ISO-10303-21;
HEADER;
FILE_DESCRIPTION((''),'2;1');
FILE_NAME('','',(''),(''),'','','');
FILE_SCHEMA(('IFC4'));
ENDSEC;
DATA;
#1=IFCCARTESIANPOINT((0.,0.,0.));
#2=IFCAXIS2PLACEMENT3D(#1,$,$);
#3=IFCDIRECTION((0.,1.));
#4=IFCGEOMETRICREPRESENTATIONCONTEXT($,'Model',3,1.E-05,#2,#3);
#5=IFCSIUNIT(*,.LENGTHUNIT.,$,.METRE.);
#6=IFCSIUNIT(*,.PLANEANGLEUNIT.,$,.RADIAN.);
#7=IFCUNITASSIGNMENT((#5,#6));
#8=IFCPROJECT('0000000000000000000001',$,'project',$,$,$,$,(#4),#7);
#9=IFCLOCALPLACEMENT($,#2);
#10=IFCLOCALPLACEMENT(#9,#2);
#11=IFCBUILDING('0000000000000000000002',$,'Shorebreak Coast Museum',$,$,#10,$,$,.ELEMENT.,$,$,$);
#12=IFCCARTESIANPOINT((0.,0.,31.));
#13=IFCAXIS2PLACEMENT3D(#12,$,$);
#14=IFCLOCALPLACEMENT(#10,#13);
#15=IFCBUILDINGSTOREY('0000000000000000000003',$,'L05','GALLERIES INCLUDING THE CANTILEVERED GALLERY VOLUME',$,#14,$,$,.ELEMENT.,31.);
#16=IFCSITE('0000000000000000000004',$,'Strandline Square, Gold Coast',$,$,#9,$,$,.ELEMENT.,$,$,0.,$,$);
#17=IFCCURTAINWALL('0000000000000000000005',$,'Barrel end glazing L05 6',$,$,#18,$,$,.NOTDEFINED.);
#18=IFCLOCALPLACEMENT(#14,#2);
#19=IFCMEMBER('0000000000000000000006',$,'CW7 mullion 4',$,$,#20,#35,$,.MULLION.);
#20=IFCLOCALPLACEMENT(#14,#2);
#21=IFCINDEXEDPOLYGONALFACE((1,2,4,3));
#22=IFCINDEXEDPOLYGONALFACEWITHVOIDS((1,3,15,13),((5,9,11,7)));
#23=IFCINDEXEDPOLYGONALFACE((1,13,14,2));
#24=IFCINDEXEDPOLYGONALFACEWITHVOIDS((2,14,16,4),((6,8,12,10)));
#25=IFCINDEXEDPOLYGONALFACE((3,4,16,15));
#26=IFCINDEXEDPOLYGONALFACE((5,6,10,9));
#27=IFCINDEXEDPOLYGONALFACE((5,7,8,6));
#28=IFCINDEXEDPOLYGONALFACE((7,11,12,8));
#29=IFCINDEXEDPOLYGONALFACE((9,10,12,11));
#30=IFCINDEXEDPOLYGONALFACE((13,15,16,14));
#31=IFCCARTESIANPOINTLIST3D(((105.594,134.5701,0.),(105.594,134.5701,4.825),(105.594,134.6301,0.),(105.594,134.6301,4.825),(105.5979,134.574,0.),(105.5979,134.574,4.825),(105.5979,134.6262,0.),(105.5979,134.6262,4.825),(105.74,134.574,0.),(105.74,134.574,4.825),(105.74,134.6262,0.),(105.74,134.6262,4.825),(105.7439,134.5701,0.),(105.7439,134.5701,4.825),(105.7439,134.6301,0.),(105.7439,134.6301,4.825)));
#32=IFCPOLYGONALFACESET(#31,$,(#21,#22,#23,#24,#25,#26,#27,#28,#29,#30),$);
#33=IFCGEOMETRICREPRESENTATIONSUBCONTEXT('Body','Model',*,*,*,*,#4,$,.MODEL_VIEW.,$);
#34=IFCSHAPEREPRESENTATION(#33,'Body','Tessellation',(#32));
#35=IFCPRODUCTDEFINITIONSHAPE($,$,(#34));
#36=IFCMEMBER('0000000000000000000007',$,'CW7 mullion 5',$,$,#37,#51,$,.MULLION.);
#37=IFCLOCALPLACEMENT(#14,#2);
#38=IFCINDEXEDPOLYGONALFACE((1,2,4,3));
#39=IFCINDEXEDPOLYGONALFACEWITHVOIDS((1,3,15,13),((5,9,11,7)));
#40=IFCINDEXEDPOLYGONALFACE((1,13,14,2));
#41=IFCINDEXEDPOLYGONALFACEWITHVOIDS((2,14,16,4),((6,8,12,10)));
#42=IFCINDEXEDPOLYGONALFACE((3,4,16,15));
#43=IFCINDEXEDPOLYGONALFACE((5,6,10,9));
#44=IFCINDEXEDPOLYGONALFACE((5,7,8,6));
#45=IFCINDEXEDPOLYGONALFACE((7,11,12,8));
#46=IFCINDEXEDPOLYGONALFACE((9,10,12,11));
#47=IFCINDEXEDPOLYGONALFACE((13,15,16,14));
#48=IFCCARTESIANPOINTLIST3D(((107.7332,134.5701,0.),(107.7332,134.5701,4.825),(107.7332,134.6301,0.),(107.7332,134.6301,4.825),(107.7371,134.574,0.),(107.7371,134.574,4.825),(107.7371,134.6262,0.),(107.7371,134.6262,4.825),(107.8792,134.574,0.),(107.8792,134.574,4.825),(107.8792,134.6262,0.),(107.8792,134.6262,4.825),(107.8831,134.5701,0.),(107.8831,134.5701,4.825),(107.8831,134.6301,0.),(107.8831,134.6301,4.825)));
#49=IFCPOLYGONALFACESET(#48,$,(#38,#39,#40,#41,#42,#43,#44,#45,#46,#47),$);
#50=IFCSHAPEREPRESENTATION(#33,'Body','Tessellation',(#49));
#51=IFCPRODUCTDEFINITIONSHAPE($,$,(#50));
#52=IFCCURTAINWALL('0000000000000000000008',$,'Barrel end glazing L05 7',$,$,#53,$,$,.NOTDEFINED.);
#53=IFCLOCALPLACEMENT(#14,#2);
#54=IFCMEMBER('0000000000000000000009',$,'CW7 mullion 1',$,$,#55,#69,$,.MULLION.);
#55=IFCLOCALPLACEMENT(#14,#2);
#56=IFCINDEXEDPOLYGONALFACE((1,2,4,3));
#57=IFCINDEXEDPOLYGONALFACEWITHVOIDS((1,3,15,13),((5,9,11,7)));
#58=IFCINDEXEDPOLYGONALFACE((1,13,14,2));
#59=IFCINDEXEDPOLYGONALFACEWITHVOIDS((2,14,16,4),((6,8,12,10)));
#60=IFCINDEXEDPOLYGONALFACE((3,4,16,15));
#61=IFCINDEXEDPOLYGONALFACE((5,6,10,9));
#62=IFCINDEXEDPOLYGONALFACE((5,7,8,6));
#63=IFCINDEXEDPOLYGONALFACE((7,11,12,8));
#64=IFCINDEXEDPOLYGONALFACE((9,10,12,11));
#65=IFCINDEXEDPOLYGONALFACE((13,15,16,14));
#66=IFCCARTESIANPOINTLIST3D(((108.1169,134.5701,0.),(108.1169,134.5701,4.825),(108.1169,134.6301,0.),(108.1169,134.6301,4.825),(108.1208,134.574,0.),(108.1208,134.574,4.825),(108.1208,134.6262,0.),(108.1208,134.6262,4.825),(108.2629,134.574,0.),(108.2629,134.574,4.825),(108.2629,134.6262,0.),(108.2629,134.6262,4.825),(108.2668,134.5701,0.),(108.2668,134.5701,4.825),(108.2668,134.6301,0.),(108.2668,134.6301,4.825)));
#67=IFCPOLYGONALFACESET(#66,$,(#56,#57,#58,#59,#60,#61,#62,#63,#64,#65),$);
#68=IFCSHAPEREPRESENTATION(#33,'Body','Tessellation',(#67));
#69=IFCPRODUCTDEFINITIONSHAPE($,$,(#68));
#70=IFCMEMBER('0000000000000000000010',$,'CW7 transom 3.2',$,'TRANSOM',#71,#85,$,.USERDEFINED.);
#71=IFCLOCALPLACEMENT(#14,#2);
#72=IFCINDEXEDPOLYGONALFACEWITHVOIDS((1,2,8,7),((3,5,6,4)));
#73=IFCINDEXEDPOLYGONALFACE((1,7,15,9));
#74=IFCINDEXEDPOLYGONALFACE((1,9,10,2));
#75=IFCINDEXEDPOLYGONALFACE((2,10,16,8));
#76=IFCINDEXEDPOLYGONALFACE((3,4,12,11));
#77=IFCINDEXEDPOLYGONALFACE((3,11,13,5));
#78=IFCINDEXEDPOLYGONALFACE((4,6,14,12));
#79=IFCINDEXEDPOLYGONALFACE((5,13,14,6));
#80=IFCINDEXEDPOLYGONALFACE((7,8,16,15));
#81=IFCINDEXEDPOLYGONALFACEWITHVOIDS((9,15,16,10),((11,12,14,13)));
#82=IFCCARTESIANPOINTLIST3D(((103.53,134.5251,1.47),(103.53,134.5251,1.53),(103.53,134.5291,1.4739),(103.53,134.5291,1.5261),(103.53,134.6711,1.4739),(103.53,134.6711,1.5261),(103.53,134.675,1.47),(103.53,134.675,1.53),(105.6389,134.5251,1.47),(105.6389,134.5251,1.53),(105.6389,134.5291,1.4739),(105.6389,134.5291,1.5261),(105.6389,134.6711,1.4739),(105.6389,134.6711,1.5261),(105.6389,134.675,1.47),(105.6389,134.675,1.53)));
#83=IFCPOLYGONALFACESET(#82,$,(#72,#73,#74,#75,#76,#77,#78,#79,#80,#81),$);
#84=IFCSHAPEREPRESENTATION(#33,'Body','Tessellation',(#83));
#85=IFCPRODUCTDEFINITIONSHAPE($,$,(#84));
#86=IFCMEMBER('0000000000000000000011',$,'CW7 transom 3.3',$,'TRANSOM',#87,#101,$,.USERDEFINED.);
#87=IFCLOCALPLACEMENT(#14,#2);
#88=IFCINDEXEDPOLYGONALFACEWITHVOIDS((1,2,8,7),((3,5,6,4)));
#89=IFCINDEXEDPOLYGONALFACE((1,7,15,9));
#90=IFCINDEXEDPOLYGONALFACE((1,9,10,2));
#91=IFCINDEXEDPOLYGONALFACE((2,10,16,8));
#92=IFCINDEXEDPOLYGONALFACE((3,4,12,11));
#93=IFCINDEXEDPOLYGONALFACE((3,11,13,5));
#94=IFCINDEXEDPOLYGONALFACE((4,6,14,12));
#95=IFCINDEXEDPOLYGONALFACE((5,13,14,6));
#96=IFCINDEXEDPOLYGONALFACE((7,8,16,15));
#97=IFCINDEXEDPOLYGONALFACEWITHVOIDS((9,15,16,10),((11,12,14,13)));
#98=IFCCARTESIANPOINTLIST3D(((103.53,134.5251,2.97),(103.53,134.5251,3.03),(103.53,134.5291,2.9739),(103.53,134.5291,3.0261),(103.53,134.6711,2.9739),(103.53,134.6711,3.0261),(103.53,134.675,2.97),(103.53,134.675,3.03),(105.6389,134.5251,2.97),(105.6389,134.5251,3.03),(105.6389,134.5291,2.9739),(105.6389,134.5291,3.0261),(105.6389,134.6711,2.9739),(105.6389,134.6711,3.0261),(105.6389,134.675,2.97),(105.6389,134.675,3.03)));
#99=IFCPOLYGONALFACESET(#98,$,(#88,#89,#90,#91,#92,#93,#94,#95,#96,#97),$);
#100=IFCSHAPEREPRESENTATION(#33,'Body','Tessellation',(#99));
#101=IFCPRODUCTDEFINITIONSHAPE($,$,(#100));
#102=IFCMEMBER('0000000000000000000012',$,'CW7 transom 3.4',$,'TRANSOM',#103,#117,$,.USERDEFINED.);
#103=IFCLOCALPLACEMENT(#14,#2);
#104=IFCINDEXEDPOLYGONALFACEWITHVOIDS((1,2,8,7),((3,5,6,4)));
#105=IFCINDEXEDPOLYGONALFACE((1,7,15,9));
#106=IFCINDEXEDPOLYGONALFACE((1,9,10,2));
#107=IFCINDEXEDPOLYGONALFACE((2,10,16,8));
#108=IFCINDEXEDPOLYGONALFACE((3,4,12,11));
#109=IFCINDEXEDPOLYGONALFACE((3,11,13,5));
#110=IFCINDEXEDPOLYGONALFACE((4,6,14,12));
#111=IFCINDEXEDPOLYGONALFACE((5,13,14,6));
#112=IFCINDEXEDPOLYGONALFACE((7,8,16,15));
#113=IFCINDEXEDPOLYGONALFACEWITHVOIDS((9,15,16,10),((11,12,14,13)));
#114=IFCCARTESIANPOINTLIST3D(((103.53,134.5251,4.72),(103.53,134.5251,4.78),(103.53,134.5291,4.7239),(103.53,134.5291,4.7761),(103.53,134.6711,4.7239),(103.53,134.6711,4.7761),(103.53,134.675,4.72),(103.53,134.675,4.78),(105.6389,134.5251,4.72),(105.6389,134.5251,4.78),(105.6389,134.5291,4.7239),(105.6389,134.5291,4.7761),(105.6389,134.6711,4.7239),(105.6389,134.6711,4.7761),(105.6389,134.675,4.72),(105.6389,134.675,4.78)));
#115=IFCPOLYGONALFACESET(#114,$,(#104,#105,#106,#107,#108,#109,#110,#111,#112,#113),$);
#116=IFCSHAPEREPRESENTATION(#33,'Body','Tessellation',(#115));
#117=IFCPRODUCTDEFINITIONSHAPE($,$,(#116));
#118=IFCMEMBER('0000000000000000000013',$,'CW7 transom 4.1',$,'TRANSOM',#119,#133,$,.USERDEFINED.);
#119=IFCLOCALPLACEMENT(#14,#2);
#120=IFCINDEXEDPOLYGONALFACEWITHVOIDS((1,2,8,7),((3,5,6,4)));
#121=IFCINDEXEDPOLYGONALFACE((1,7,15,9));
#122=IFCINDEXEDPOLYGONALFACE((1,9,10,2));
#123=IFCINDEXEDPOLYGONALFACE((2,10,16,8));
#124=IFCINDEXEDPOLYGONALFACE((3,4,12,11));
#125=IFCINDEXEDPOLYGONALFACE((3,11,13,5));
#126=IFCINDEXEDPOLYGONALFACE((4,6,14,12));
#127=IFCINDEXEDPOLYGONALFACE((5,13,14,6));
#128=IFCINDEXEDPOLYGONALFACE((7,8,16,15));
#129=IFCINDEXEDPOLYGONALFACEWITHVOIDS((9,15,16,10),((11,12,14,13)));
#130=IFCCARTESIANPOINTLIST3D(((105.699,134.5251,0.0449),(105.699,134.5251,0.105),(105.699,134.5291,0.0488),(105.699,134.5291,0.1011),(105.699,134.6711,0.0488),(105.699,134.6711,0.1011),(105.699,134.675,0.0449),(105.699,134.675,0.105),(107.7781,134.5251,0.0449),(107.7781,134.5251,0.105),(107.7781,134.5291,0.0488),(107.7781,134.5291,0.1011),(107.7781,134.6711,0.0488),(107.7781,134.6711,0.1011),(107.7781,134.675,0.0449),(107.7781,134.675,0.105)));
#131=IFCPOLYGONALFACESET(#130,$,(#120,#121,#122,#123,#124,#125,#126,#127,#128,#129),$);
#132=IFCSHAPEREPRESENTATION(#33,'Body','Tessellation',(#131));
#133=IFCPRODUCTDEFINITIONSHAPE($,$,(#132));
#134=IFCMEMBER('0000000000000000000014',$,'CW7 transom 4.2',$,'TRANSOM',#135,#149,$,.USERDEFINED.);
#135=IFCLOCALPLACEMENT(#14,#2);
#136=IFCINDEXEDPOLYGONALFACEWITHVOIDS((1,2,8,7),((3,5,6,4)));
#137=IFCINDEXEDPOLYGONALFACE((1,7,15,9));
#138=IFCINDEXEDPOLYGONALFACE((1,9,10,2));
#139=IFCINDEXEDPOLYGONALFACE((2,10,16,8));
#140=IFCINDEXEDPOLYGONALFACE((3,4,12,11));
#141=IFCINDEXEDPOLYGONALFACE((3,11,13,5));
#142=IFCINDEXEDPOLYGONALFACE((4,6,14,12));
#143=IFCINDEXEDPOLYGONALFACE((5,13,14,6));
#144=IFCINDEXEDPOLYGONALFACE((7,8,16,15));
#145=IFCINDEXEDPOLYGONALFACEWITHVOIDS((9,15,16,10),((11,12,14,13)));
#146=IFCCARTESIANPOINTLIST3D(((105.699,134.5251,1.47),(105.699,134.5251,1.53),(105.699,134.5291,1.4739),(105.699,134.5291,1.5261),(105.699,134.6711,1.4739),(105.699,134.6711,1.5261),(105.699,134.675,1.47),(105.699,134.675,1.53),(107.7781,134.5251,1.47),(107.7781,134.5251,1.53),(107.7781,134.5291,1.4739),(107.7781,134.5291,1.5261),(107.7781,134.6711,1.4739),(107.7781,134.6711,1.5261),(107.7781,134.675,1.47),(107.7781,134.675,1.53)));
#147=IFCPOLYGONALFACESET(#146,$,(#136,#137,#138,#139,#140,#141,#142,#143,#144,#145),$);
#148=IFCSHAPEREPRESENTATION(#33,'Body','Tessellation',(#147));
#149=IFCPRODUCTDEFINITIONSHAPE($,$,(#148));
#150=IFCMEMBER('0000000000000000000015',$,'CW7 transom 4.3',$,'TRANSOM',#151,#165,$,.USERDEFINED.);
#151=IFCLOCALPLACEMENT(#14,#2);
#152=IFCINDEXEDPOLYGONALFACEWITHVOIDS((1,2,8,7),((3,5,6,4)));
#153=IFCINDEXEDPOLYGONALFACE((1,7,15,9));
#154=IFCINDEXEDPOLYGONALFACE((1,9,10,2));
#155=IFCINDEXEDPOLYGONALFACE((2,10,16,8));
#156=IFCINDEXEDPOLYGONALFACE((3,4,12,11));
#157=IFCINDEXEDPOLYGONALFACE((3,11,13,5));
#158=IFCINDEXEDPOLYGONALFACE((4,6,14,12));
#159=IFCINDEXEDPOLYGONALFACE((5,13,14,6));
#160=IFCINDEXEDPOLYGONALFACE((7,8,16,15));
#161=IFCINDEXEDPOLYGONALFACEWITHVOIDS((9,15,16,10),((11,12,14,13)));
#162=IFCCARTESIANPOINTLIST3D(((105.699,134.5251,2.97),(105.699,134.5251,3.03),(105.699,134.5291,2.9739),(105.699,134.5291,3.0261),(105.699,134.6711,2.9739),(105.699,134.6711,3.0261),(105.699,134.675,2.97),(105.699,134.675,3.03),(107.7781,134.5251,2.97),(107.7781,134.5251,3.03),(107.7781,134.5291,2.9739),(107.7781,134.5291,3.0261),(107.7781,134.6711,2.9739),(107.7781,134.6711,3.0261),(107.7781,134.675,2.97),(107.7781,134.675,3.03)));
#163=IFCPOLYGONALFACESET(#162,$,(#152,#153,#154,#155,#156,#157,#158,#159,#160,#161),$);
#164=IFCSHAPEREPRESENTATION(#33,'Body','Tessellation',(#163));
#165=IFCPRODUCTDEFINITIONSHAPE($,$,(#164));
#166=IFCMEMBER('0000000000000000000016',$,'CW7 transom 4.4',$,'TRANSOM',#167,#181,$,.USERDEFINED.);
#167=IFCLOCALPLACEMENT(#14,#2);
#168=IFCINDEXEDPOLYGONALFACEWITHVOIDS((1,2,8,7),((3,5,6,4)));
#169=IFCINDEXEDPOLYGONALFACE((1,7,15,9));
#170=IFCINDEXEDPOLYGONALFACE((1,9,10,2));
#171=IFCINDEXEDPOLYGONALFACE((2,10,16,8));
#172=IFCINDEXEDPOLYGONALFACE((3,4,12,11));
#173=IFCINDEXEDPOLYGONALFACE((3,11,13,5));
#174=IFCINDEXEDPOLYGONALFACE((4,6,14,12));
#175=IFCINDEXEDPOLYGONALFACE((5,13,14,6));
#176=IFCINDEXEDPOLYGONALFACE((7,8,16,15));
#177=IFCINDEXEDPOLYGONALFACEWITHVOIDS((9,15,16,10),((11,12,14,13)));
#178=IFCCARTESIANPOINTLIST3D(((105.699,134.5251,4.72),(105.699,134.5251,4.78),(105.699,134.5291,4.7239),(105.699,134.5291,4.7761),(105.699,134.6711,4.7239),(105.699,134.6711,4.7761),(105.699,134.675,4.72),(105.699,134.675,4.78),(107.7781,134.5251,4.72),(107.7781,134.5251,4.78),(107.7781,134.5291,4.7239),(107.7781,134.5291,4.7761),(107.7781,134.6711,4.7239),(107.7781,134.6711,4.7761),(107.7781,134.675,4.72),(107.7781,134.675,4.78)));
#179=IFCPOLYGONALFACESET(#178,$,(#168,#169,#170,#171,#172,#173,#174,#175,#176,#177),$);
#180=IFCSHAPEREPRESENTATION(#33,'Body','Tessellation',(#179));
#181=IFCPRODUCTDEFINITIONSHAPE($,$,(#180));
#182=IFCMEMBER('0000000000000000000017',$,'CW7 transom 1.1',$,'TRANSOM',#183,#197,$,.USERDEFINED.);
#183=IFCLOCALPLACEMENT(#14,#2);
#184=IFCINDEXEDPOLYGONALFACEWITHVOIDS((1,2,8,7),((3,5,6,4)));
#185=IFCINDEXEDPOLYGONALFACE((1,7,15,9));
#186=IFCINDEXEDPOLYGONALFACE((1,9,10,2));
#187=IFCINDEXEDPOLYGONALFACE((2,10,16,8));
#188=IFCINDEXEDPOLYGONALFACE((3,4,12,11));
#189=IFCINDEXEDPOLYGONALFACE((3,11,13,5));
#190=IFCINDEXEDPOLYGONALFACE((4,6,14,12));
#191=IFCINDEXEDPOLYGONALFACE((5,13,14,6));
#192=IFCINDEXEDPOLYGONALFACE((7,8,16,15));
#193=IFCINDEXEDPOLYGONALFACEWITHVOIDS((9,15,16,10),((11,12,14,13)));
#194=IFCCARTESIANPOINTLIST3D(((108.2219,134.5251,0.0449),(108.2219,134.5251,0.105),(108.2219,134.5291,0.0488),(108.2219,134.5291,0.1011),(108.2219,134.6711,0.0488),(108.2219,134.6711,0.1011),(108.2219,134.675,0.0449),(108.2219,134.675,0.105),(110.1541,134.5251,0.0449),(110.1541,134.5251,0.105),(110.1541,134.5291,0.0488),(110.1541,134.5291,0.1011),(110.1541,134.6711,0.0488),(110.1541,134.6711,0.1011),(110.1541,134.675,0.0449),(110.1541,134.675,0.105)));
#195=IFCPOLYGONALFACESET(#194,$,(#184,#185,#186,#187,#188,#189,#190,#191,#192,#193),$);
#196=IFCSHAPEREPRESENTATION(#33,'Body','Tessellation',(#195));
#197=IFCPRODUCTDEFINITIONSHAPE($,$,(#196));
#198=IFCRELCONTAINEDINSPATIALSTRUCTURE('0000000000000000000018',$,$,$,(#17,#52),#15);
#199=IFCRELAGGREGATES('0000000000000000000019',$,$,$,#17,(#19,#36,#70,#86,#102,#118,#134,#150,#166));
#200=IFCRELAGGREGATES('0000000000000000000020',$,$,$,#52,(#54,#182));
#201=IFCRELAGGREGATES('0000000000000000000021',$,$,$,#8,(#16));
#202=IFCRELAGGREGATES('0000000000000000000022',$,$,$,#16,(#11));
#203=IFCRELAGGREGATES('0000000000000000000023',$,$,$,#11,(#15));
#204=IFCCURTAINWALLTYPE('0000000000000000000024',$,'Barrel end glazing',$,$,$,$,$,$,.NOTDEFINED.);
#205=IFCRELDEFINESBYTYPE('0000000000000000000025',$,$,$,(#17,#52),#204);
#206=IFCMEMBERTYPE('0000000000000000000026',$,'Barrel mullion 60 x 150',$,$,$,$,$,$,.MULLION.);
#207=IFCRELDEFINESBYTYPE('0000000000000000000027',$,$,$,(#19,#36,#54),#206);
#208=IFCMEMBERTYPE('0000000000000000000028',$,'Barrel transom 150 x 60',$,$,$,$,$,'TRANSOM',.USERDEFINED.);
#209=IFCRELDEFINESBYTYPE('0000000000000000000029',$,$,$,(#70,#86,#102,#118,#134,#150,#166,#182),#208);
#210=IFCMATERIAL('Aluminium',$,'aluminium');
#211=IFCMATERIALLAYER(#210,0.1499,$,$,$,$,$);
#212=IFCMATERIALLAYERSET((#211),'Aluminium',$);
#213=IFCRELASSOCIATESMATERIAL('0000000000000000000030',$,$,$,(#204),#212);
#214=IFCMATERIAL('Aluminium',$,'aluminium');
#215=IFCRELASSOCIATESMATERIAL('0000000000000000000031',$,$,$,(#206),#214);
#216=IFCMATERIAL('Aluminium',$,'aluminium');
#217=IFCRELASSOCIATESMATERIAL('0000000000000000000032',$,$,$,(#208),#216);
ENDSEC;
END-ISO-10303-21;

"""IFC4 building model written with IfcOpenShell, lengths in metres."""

from ifc_helpers import new_model, si_unit, direction, frame, origin, origin_2d, place, context, subcontext, project, spatial, hollow_rectangle, extrude, material, layer, layer_set, material_profile, profile_set, type_object, element, aggregate, save


model = new_model("IFC4")

# Units and contexts
model_context = context("Model", 3, precision=1e-05, world=origin(), true_north=direction((0.0, 1.0)))
body_context = subcontext(model_context, "Body", "Model", "MODEL_VIEW")
ifc_project = project(units=[si_unit("LENGTHUNIT", "METRE"), si_unit("PLANEANGLEUNIT", "RADIAN")], contexts=[model_context])

# Site, building, storey
site_placement = place(None, origin())
site = spatial("IfcSite", under=ifc_project, at=site_placement, Name="Strandline Square, Gold Coast", CompositionType="ELEMENT", RefElevation=0.0)
building_placement = place(site_placement, origin())
building = spatial("IfcBuilding", under=site, at=building_placement, Name="Shorebreak Coast Museum", CompositionType="ELEMENT")
storey_placement = place(building_placement, frame((0.0, 0.0, 31.0)))
storey = spatial("IfcBuildingStorey", under=building, at=storey_placement, Name="L05", Description="GALLERIES INCLUDING THE CANTILEVERED GALLERY VOLUME", CompositionType="ELEMENT", Elevation=31.0)

# Curtain wall, members
ifc_material_1 = material(Name="Aluminium", Category="aluminium")
ifc_layer_1 = layer(ifc_material_1, 0.1499)
ifc_layer_set_1 = layer_set([ifc_layer_1], Name="Aluminium")
curtain_wall_type = type_object("IfcCurtainWallType", Name="Barrel end glazing", PredefinedType="NOTDEFINED", material=ifc_layer_set_1)
curtain_wall_1_placement = place(storey_placement, origin())
curtain_wall_1 = element("IfcCurtainWall", 1, at=curtain_wall_1_placement, inside=storey, type_object=curtain_wall_type, Name="Barrel end glazing L05 6", PredefinedType="NOTDEFINED")
ifc_material_2 = material(Name="Aluminium", Category="aluminium")
ifc_material_profile_1 = material_profile(ifc_material_2, hollow_rectangle(XDim=0.0601, YDim=0.1499, WallThickness=0.0039, at=origin_2d()), Name="AL 150x60 RHS")
ifc_profile_set_1 = profile_set([ifc_material_profile_1], Name="Aluminium")
member_type_1 = type_object("IfcMemberType", Name="Barrel mullion 60 x 150", PredefinedType="MULLION", material=ifc_profile_set_1)
member_1_placement = place(storey_placement, frame((105.6689, 134.6001, 0.0), z_axis=(0.0, 0.0, 1.0), x_axis=(0.0, 1.0, 0.0)))
member_1 = element("IfcMember", 2, at=member_1_placement, type_object=member_type_1, Name="CW7 mullion 4", PredefinedType="MULLION", context=body_context, shape_type="SweptSolid", body=[
    extrude(hollow_rectangle(XDim=0.0601, YDim=0.1499, WallThickness=0.0039, at=origin_2d()), origin(), (0.0, 0.0, 1.0), 4.825),
])
member_2_placement = place(storey_placement, frame((107.8081, 134.6001, 0.0), z_axis=(0.0, 0.0, 1.0), x_axis=(0.0, 1.0, 0.0)))
member_2 = element("IfcMember", 3, at=member_2_placement, type_object=member_type_1, Name="CW7 mullion 5", PredefinedType="MULLION", context=body_context, shape_type="SweptSolid", body=[
    extrude(hollow_rectangle(XDim=0.0601, YDim=0.1499, WallThickness=0.0039, at=origin_2d()), origin(), (0.0, 0.0, 1.0), 4.825),
])

# Curtain wall, member
curtain_wall_2_placement = place(storey_placement, origin())
curtain_wall_2 = element("IfcCurtainWall", 4, at=curtain_wall_2_placement, inside=storey, type_object=curtain_wall_type, Name="Barrel end glazing L05 7", PredefinedType="NOTDEFINED")
member_3_placement = place(storey_placement, frame((108.1919, 134.6001, 0.0), z_axis=(0.0, 0.0, 1.0), x_axis=(0.0, 1.0, 0.0)))
member_3 = element("IfcMember", 5, at=member_3_placement, type_object=member_type_1, Name="CW7 mullion 1", PredefinedType="MULLION", context=body_context, shape_type="SweptSolid", body=[
    extrude(hollow_rectangle(XDim=0.0601, YDim=0.1499, WallThickness=0.0039, at=origin_2d()), origin(), (0.0, 0.0, 1.0), 4.825),
])

# Members
ifc_material_3 = material(Name="Aluminium", Category="aluminium")
ifc_material_profile_2 = material_profile(ifc_material_3, hollow_rectangle(XDim=0.1499, YDim=0.0601, WallThickness=0.0039, at=origin_2d()), Name="AL 60x150 RHS")
ifc_profile_set_2 = profile_set([ifc_material_profile_2], Name="Aluminium")
member_type_2 = type_object("IfcMemberType", Name="Barrel transom 150 x 60", ElementType="TRANSOM", PredefinedType="USERDEFINED", material=ifc_profile_set_2)
member_4_placement = place(storey_placement, frame((103.53, 134.6001, 1.5), z_axis=(1.0, 0.0, 0.0), x_axis=(0.0, 1.0, 0.0)))
member_4 = element("IfcMember", 6, at=member_4_placement, type_object=member_type_2, Name="CW7 transom 3.2", ObjectType="TRANSOM", PredefinedType="USERDEFINED", context=body_context, shape_type="SweptSolid", body=[
    extrude(hollow_rectangle(XDim=0.1499, YDim=0.0601, WallThickness=0.0039, at=origin_2d()), origin(), (0.0, 0.0, 1.0), 2.1089),
])
member_5_placement = place(storey_placement, frame((103.53, 134.6001, 3.0), z_axis=(1.0, 0.0, 0.0), x_axis=(0.0, 1.0, 0.0)))
member_5 = element("IfcMember", 7, at=member_5_placement, type_object=member_type_2, Name="CW7 transom 3.3", ObjectType="TRANSOM", PredefinedType="USERDEFINED", context=body_context, shape_type="SweptSolid", body=[
    extrude(hollow_rectangle(XDim=0.1499, YDim=0.0601, WallThickness=0.0039, at=origin_2d()), origin(), (0.0, 0.0, 1.0), 2.1089),
])
member_6_placement = place(storey_placement, frame((103.53, 134.6001, 4.75), z_axis=(1.0, 0.0, 0.0), x_axis=(0.0, 1.0, 0.0)))
member_6 = element("IfcMember", 8, at=member_6_placement, type_object=member_type_2, Name="CW7 transom 3.4", ObjectType="TRANSOM", PredefinedType="USERDEFINED", context=body_context, shape_type="SweptSolid", body=[
    extrude(hollow_rectangle(XDim=0.1499, YDim=0.0601, WallThickness=0.0039, at=origin_2d()), origin(), (0.0, 0.0, 1.0), 2.1089),
])
member_7_placement = place(storey_placement, frame((105.699, 134.6001, 0.075), z_axis=(1.0, 0.0, 0.0), x_axis=(0.0, 1.0, 0.0)))
member_7 = element("IfcMember", 9, at=member_7_placement, type_object=member_type_2, Name="CW7 transom 4.1", ObjectType="TRANSOM", PredefinedType="USERDEFINED", context=body_context, shape_type="SweptSolid", body=[
    extrude(hollow_rectangle(XDim=0.1499, YDim=0.0601, WallThickness=0.0039, at=origin_2d()), origin(), (0.0, 0.0, 1.0), 2.0791),
])
member_8_placement = place(storey_placement, frame((105.699, 134.6001, 1.5), z_axis=(1.0, 0.0, 0.0), x_axis=(0.0, 1.0, 0.0)))
member_8 = element("IfcMember", 10, at=member_8_placement, type_object=member_type_2, Name="CW7 transom 4.2", ObjectType="TRANSOM", PredefinedType="USERDEFINED", context=body_context, shape_type="SweptSolid", body=[
    extrude(hollow_rectangle(XDim=0.1499, YDim=0.0601, WallThickness=0.0039, at=origin_2d()), origin(), (0.0, 0.0, 1.0), 2.0791),
])
member_9_placement = place(storey_placement, frame((105.699, 134.6001, 3.0), z_axis=(1.0, 0.0, 0.0), x_axis=(0.0, 1.0, 0.0)))
member_9 = element("IfcMember", 11, at=member_9_placement, type_object=member_type_2, Name="CW7 transom 4.3", ObjectType="TRANSOM", PredefinedType="USERDEFINED", context=body_context, shape_type="SweptSolid", body=[
    extrude(hollow_rectangle(XDim=0.1499, YDim=0.0601, WallThickness=0.0039, at=origin_2d()), origin(), (0.0, 0.0, 1.0), 2.0791),
])
member_10_placement = place(storey_placement, frame((105.699, 134.6001, 4.75), z_axis=(1.0, 0.0, 0.0), x_axis=(0.0, 1.0, 0.0)))
member_10 = element("IfcMember", 12, at=member_10_placement, type_object=member_type_2, Name="CW7 transom 4.4", ObjectType="TRANSOM", PredefinedType="USERDEFINED", context=body_context, shape_type="SweptSolid", body=[
    extrude(hollow_rectangle(XDim=0.1499, YDim=0.0601, WallThickness=0.0039, at=origin_2d()), origin(), (0.0, 0.0, 1.0), 2.0791),
])
member_11_placement = place(storey_placement, frame((108.2219, 134.6001, 0.075), z_axis=(1.0, 0.0, 0.0), x_axis=(0.0, 1.0, 0.0)))
member_11 = element("IfcMember", 13, at=member_11_placement, type_object=member_type_2, Name="CW7 transom 1.1", ObjectType="TRANSOM", PredefinedType="USERDEFINED", context=body_context, shape_type="SweptSolid", body=[
    extrude(hollow_rectangle(XDim=0.1499, YDim=0.0601, WallThickness=0.0039, at=origin_2d()), origin(), (0.0, 0.0, 1.0), 1.9321),
])

aggregate(curtain_wall_1, [member_1, member_2, member_4, member_5, member_6, member_7, member_8, member_9, member_10])
aggregate(curtain_wall_2, [member_3, member_11])

save(model, "model.ifc")
